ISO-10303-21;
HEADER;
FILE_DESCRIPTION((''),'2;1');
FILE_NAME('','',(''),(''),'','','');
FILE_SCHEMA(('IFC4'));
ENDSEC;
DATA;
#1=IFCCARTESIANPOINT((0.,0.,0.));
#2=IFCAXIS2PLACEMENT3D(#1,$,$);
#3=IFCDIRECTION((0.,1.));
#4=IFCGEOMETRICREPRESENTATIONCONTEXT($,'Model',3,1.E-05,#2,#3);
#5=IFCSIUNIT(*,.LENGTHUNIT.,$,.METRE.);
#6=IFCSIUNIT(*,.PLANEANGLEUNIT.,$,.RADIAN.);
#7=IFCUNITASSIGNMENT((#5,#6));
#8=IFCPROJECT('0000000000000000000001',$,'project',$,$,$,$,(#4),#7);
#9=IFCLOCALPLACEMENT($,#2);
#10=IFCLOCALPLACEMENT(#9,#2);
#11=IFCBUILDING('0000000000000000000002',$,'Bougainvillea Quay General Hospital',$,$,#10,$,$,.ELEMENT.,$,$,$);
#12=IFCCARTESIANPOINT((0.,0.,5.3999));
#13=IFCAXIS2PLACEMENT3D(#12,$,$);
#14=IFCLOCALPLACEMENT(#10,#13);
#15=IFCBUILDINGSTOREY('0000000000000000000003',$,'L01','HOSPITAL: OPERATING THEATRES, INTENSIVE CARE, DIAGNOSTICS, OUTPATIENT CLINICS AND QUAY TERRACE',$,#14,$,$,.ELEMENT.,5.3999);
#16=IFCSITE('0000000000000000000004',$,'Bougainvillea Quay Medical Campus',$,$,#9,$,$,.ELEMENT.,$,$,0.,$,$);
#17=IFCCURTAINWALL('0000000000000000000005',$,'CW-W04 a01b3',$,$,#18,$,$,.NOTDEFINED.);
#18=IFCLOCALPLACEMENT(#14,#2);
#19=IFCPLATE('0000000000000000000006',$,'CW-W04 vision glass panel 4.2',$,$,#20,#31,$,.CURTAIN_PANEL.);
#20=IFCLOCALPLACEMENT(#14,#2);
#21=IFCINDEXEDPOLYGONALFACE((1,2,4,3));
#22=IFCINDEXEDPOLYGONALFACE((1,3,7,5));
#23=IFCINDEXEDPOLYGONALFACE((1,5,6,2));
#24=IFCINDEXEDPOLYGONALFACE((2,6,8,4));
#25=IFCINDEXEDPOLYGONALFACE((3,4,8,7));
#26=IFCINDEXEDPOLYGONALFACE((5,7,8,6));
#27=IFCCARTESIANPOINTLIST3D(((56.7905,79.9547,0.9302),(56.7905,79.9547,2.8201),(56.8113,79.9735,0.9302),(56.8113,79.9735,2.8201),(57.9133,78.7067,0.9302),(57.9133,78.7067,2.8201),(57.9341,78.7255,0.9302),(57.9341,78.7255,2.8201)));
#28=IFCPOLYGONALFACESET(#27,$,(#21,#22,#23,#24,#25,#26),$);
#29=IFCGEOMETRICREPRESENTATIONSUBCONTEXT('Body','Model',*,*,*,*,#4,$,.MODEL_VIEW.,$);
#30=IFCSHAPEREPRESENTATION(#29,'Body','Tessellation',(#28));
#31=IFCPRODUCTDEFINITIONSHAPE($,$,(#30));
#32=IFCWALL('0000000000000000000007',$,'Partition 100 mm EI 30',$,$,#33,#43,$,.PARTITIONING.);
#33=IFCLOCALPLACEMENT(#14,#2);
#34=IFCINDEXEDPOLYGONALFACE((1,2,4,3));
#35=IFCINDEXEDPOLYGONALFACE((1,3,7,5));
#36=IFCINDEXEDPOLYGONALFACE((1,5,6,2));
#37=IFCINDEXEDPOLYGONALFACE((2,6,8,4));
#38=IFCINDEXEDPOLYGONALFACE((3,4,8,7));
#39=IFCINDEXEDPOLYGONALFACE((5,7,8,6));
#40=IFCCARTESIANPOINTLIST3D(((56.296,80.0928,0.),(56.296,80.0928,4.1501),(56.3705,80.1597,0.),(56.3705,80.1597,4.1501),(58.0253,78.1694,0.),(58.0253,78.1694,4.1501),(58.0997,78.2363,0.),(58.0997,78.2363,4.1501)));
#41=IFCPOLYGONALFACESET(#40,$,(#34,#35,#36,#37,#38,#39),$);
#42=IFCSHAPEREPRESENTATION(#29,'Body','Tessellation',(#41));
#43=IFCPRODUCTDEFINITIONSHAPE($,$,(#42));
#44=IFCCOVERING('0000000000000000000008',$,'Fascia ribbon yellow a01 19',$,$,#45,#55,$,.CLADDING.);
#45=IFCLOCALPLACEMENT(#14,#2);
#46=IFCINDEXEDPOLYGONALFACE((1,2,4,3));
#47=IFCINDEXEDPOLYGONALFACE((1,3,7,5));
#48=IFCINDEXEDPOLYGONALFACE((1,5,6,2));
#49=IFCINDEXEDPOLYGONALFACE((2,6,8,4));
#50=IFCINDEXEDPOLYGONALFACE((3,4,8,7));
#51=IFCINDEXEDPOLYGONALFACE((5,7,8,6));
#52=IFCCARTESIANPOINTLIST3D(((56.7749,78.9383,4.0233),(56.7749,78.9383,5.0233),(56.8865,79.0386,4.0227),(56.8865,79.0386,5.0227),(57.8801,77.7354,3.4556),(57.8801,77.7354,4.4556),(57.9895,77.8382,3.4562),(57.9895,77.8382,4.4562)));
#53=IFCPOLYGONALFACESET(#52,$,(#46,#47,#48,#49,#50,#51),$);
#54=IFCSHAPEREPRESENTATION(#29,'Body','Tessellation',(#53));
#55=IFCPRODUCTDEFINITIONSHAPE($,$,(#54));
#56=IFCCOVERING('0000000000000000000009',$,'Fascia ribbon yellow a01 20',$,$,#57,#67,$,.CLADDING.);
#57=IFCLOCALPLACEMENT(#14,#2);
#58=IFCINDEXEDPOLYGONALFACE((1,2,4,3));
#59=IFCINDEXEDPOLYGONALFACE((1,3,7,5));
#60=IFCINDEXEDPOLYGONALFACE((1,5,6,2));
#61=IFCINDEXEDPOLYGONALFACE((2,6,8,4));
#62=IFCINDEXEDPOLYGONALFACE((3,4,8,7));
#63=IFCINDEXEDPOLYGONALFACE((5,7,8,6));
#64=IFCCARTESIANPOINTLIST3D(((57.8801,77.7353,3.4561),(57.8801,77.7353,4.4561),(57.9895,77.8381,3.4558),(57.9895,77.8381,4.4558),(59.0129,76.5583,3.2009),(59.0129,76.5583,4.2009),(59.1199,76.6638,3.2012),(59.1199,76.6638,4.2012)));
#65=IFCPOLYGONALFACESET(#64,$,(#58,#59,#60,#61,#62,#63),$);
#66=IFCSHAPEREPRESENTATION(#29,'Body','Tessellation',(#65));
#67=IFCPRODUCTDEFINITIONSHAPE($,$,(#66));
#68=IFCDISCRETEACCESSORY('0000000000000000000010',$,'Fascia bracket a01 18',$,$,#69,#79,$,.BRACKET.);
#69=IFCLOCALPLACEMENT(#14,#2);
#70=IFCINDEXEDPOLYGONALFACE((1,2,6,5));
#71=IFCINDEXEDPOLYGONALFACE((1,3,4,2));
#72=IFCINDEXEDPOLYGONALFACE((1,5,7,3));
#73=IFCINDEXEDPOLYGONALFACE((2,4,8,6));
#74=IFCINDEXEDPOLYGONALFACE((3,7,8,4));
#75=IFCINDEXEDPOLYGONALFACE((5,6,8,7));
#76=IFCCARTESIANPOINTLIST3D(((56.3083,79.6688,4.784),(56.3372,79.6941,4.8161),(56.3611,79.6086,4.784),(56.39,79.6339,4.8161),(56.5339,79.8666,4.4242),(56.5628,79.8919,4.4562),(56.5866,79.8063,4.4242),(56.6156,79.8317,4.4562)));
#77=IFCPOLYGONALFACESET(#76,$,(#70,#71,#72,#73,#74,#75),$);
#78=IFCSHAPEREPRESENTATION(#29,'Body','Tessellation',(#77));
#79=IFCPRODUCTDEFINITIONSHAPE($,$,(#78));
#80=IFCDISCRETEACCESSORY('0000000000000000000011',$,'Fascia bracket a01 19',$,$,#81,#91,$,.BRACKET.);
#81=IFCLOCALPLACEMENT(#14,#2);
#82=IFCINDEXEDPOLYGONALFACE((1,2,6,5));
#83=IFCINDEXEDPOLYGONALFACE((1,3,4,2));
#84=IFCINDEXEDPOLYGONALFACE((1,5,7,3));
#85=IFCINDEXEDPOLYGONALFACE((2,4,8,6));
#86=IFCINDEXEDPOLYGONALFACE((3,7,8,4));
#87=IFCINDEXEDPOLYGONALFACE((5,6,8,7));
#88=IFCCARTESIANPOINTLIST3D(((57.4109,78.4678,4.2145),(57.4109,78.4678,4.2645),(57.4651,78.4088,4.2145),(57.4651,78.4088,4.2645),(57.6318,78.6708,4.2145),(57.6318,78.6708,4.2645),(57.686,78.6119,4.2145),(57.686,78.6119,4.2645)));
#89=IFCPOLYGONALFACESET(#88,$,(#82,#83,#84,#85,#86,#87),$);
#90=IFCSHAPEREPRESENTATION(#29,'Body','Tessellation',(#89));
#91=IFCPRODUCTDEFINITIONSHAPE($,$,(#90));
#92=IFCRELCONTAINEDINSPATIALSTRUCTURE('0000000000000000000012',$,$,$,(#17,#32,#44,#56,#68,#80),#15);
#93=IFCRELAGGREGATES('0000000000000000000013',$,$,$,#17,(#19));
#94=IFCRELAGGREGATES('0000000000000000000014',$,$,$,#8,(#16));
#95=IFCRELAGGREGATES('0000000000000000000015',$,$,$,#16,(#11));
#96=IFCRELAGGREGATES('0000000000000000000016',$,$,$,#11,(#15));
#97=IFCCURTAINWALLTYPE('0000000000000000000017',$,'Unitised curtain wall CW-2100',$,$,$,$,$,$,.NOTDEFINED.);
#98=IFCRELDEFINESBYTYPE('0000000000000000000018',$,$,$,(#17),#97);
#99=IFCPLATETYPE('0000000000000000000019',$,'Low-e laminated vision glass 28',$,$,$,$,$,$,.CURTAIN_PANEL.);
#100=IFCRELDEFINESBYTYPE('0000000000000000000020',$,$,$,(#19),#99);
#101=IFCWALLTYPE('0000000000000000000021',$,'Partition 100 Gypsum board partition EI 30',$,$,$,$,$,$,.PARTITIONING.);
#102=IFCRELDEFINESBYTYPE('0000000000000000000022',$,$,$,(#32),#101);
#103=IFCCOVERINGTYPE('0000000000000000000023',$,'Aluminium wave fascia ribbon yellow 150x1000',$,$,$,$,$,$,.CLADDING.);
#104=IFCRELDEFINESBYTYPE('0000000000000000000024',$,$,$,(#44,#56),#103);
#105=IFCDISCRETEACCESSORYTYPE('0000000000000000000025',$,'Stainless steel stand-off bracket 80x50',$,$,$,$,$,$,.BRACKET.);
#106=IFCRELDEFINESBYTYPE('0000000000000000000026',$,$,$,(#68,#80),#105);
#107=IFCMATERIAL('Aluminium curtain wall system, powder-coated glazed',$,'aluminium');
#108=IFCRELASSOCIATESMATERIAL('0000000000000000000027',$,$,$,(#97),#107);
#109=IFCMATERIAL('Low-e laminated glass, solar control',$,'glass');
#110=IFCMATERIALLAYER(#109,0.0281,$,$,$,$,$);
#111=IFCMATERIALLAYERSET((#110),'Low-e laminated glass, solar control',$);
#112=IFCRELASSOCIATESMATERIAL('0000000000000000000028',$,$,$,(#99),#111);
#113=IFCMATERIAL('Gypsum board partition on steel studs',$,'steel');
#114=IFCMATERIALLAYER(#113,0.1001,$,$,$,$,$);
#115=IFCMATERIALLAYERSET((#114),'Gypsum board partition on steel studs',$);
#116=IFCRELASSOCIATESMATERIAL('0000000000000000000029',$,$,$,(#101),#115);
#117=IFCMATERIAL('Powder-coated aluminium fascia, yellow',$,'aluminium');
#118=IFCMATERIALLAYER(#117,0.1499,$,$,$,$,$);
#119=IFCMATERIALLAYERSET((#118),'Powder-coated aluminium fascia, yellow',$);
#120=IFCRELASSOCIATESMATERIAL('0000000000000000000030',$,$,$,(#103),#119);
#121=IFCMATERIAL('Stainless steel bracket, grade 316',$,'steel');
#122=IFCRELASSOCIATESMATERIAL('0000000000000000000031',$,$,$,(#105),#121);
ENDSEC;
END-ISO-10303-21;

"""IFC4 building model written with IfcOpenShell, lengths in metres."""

from ifc_helpers import new_model, si_unit, direction, frame, frame_2d, origin, origin_2d, place, context, subcontext, project, spatial, polyline, rectangle, outline, extrude, material, layer, layer_set, material_profile, profile_set, type_object, element, aggregate, save


model = new_model("IFC4")

# Units and contexts
model_context = context("Model", 3, precision=1e-05, world=origin(), true_north=direction((0.0, 1.0)))
body_context = subcontext(model_context, "Body", "Model", "MODEL_VIEW")
ifc_project = project(units=[si_unit("LENGTHUNIT", "METRE"), si_unit("PLANEANGLEUNIT", "RADIAN")], contexts=[model_context])

# Site, building, storey
site_placement = place(None, origin())
site = spatial("IfcSite", under=ifc_project, at=site_placement, Name="Bougainvillea Quay Medical Campus", CompositionType="ELEMENT", RefElevation=0.0)
building_placement = place(site_placement, origin())
building = spatial("IfcBuilding", under=site, at=building_placement, Name="Bougainvillea Quay General Hospital", CompositionType="ELEMENT")
storey_placement = place(building_placement, frame((0.0, 0.0, 5.3999)))
storey = spatial("IfcBuildingStorey", under=building, at=storey_placement, Name="L01", Description="HOSPITAL: OPERATING THEATRES, INTENSIVE CARE, DIAGNOSTICS, OUTPATIENT CLINICS AND QUAY TERRACE", CompositionType="ELEMENT", Elevation=5.3999)

# Curtain wall
ifc_material_1 = material(Name="Aluminium curtain wall system, powder-coated glazed", Category="aluminium")
curtain_wall_type = type_object("IfcCurtainWallType", Name="Unitised curtain wall CW-2100", PredefinedType="NOTDEFINED", material=ifc_material_1)
curtain_wall_1_placement = place(storey_placement, origin())
curtain_wall_1 = element("IfcCurtainWall", 1, at=curtain_wall_1_placement, inside=storey, type_object=curtain_wall_type, Name="CW-W04 a01b3", PredefinedType="NOTDEFINED")

# Plate
ifc_material_2 = material(Name="Low-e laminated glass, solar control", Category="glass")
ifc_layer_1 = layer(ifc_material_2, 0.0281)
ifc_layer_set_1 = layer_set([ifc_layer_1], Name="Low-e laminated glass, solar control")
plate_type_1 = type_object("IfcPlateType", Name="Low-e laminated vision glass 28", PredefinedType="CURTAIN_PANEL", material=ifc_layer_set_1)
plate_1_placement = place(storey_placement, frame((57.3623, 79.3401, 0.9302), z_axis=(0.0, 0.0, 1.0), x_axis=(-0.668852, 0.743396, 0.0)))
plate_1 = element("IfcPlate", 2, at=plate_1_placement, type_object=plate_type_1, Name="CW-W04 vision glass panel 4.2", PredefinedType="CURTAIN_PANEL", context=body_context, shape_type="SweptSolid", body=[
    extrude(rectangle(XDim=1.6787, YDim=0.0281, at=origin_2d()), origin(), (0.0, 0.0, 1.0), 1.8899),
])
aggregate(curtain_wall_1, [plate_1])

# Wall
ifc_material_3 = material(Name="Gypsum board partition on steel studs", Category="steel")
ifc_layer_2 = layer(ifc_material_3, 0.1001)
ifc_layer_set_2 = layer_set([ifc_layer_2], Name="Gypsum board partition on steel studs")
wall_type = type_object("IfcWallType", Name="Partition 100 Gypsum board partition EI 30", PredefinedType="PARTITIONING", material=ifc_layer_set_2)
wall_placement = place(storey_placement, frame((56.3333, 80.1262, 0.0), z_axis=(0.0, 0.0, 1.0), x_axis=(0.668589, -0.743632, 0.0)))
element("IfcWall", 3, at=wall_placement, inside=storey, type_object=wall_type, Name="Partition 100 mm EI 30", PredefinedType="PARTITIONING", context=body_context, shape_type="SweptSolid", body=[
    extrude(rectangle(XDim=2.5864, YDim=0.1001, at=frame_2d((1.2932, 0.0))), origin(), (0.0, 0.0, 1.0), 4.1501),
])

# Coverings
ifc_material_4 = material(Name="Powder-coated aluminium fascia, yellow", Category="aluminium")
ifc_layer_3 = layer(ifc_material_4, 0.1499)
ifc_layer_set_3 = layer_set([ifc_layer_3], Name="Powder-coated aluminium fascia, yellow")
covering_type = type_object("IfcCoveringType", Name="Aluminium wave fascia ribbon yellow 150x1000", PredefinedType="CLADDING", material=ifc_layer_set_3)
covering_1_placement = place(storey_placement, frame((56.8865, 79.0386, 4.0227), z_axis=(0.222173, -0.241667, 0.944582), x_axis=(0.639103, -0.695545, -0.328274)))
element("IfcCovering", 4, at=covering_1_placement, inside=storey, type_object=covering_type, Name="Fascia ribbon yellow a01 19", PredefinedType="CLADDING", context=body_context, shape_type="SweptSolid", body=[
    extrude(outline(polyline([(0.0, 0.0), (1.7258, 0.0), (1.7277, -0.1501), (-0.0018, -0.15), (0.0, 0.0)])), origin(), (-0.328274, -0.000081, 0.944582), 1.0),
])
covering_2_placement = place(storey_placement, frame((57.9895, 77.8381, 3.4558), z_axis=(0.107037, -0.111178, 0.98802), x_axis=(0.685189, -0.711827, -0.154329)))
element("IfcCovering", 5, at=covering_2_placement, inside=storey, type_object=covering_type, Name="Fascia ribbon yellow a01 20", PredefinedType="CLADDING", context=body_context, shape_type="SweptSolid", body=[
    extrude(outline(polyline([(0.0, 0.0), (1.6497, 0.0), (1.6516, -0.1502), (-0.0018, -0.1501), (0.0, 0.0)])), origin(), (-0.154329, -0.000014, 0.98802), 1.0),
])

# Discrete accessories
ifc_material_5 = material(Name="Stainless steel bracket, grade 316", Category="steel")
ifc_material_profile_1 = material_profile(ifc_material_5, rectangle(XDim=0.0801, YDim=0.05, at=origin_2d()))
ifc_profile_set_1 = profile_set([ifc_material_profile_1], Name="Stainless steel bracket, grade 316")
discrete_accessory_type = type_object("IfcDiscreteAccessoryType", Name="Stainless steel stand-off bracket 80x50", PredefinedType="BRACKET", material=ifc_profile_set_1)
discrete_accessory_1_placement = place(storey_placement, frame((56.5747, 79.8491, 4.4402), z_axis=(-0.481501, -0.422095, 0.768109), x_axis=(0.659196, -0.751971, 0.0)))
element("IfcDiscreteAccessory", 6, at=discrete_accessory_1_placement, inside=storey, type_object=discrete_accessory_type, Name="Fascia bracket a01 18", PredefinedType="BRACKET", context=body_context, shape_type="SweptSolid", body=[
    extrude(rectangle(XDim=0.0801, YDim=0.05, at=origin_2d()), origin(), (0.0, 0.0, 1.0), 0.4685),
])
discrete_accessory_2_placement = place(storey_placement, frame((57.6589, 78.6414, 4.2395), z_axis=(-0.736174, -0.676792, 0.0), x_axis=(0.676792, -0.736174, 0.0)))
element("IfcDiscreteAccessory", 7, at=discrete_accessory_2_placement, inside=storey, type_object=discrete_accessory_type, Name="Fascia bracket a01 19", PredefinedType="BRACKET", context=body_context, shape_type="SweptSolid", body=[
    extrude(rectangle(XDim=0.0801, YDim=0.05, at=origin_2d()), origin(), (0.0, 0.0, 1.0), 0.3),
])

save(model, "model.ifc")
